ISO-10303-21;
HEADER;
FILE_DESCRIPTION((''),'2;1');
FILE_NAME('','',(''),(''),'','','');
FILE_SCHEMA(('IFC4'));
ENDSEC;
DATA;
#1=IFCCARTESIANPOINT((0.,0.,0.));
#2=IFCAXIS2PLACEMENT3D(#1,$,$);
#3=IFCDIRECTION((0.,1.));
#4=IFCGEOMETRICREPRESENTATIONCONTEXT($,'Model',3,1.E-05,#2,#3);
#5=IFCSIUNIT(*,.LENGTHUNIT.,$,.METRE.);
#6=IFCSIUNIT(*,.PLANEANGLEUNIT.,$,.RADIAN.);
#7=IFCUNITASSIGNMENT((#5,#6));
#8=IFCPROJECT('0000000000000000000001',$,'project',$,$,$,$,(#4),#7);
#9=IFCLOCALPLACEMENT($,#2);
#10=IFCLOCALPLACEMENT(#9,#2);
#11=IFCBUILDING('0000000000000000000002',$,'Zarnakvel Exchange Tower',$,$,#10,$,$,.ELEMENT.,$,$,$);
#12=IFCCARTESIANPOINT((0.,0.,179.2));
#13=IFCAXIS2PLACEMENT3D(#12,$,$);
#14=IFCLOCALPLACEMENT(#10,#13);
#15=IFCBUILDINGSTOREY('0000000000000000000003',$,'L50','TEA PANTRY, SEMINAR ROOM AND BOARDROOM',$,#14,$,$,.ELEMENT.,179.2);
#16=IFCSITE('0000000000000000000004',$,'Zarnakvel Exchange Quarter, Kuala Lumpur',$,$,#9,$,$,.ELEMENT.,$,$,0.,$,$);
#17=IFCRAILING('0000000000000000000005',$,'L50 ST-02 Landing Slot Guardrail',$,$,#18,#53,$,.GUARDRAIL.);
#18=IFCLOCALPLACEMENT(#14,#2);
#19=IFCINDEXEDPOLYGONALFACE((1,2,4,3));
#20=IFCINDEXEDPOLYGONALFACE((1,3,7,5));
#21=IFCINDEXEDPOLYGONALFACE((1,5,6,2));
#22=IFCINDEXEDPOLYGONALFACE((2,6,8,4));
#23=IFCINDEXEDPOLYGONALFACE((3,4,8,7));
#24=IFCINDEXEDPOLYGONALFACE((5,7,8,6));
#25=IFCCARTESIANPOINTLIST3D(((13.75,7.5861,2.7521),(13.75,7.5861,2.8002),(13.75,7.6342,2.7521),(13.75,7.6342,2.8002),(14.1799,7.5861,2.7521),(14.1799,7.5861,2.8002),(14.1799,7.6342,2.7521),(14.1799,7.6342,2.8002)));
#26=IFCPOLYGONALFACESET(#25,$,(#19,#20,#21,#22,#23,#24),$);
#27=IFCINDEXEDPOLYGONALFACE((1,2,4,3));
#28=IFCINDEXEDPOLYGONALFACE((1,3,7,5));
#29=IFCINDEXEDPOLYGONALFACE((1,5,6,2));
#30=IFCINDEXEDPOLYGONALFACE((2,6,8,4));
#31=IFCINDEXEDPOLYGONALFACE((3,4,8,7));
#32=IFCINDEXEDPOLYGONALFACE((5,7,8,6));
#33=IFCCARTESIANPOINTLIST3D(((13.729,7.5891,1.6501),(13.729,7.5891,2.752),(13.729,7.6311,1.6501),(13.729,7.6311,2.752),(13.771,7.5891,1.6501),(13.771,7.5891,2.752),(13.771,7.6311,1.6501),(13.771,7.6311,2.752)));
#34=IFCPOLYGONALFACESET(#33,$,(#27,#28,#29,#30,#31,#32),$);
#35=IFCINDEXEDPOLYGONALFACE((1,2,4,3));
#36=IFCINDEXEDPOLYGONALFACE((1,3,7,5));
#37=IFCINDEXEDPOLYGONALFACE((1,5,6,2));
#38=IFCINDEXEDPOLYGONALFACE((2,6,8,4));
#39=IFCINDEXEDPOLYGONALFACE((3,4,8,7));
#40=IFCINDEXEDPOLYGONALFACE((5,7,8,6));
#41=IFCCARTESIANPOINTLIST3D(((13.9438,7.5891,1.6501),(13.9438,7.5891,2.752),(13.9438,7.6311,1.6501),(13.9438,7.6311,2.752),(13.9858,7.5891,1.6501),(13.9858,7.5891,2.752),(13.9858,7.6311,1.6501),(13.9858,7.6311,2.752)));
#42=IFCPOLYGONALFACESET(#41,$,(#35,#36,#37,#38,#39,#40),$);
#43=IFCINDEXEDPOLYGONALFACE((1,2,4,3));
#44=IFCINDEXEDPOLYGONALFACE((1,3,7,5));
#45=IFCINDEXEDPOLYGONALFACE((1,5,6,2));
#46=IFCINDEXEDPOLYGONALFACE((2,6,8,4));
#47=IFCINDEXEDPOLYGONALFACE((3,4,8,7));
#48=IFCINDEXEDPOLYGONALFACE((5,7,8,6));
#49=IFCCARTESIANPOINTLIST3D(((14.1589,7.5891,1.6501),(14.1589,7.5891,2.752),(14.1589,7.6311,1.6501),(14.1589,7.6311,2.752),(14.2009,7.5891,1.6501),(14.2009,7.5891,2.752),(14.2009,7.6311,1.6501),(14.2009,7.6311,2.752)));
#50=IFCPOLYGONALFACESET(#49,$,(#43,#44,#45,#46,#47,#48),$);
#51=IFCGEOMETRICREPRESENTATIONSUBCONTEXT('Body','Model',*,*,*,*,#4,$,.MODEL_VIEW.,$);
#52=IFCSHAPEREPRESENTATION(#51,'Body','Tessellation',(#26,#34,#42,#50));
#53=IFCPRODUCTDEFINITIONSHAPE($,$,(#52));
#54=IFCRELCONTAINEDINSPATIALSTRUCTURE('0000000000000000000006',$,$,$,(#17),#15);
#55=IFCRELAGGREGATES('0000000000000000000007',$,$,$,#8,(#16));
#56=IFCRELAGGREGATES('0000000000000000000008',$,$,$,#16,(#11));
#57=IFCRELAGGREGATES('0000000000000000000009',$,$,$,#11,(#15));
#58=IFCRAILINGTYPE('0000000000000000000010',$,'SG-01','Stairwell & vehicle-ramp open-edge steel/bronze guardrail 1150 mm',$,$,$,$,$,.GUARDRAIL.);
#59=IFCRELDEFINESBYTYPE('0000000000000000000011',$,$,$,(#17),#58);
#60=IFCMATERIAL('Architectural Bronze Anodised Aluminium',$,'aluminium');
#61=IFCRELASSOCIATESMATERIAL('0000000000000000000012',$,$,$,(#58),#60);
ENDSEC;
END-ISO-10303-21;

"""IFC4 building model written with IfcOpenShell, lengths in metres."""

from ifc_helpers import new_model, si_unit, direction, frame, origin, origin_2d, place, context, subcontext, project, spatial, rectangle, extrude, material, type_object, element, save


model = new_model("IFC4")

# Units and contexts
model_context = context("Model", 3, precision=1e-05, world=origin(), true_north=direction((0.0, 1.0)))
body_context = subcontext(model_context, "Body", "Model", "MODEL_VIEW")
ifc_project = project(units=[si_unit("LENGTHUNIT", "METRE"), si_unit("PLANEANGLEUNIT", "RADIAN")], contexts=[model_context])

# Site, building, storey
site_placement = place(None, origin())
site = spatial("IfcSite", under=ifc_project, at=site_placement, Name="Zarnakvel Exchange Quarter, Kuala Lumpur", CompositionType="ELEMENT", RefElevation=0.0)
building_placement = place(site_placement, origin())
building = spatial("IfcBuilding", under=site, at=building_placement, Name="Zarnakvel Exchange Tower", CompositionType="ELEMENT")
storey_placement = place(building_placement, frame((0.0, 0.0, 179.2)))
storey = spatial("IfcBuildingStorey", under=building, at=storey_placement, Name="L50", Description="TEA PANTRY, SEMINAR ROOM AND BOARDROOM", CompositionType="ELEMENT", Elevation=179.2)

# Shared definitions
ifc_material_1 = material(Name="Architectural Bronze Anodised Aluminium", Category="aluminium")

# Railing
railing_type_1 = type_object("IfcRailingType", Name="SG-01", Description="Stairwell & vehicle-ramp open-edge steel/bronze guardrail 1150 mm", PredefinedType="GUARDRAIL", material=ifc_material_1)
railing_1_placement = place(storey_placement, frame((13.75, 7.6101, 1.6501)))
element("IfcRailing", 1, at=railing_1_placement, inside=storey, type_object=railing_type_1, Name="L50 ST-02 Landing Slot Guardrail", PredefinedType="GUARDRAIL", context=body_context, shape_type="SweptSolid", body=[
    extrude(rectangle(XDim=0.0481, YDim=0.0481, at=origin_2d()), frame((0.0, 0.0, 1.126), z_axis=(1.0, 0.0, 0.0), x_axis=(0.0, 1.0, 0.0)), (0.0, 0.0, 1.0), 0.4299),
    extrude(rectangle(XDim=0.042, YDim=0.042, at=origin_2d()), origin(), (0.0, 0.0, 1.0), 1.1018),
    extrude(rectangle(XDim=0.042, YDim=0.042, at=origin_2d()), frame((0.2148, 0.0, 0.0)), (0.0, 0.0, 1.0), 1.1018),
    extrude(rectangle(XDim=0.042, YDim=0.042, at=origin_2d()), frame((0.4299, 0.0, 0.0)), (0.0, 0.0, 1.0), 1.1018),
])

save(model, "model.ifc")
